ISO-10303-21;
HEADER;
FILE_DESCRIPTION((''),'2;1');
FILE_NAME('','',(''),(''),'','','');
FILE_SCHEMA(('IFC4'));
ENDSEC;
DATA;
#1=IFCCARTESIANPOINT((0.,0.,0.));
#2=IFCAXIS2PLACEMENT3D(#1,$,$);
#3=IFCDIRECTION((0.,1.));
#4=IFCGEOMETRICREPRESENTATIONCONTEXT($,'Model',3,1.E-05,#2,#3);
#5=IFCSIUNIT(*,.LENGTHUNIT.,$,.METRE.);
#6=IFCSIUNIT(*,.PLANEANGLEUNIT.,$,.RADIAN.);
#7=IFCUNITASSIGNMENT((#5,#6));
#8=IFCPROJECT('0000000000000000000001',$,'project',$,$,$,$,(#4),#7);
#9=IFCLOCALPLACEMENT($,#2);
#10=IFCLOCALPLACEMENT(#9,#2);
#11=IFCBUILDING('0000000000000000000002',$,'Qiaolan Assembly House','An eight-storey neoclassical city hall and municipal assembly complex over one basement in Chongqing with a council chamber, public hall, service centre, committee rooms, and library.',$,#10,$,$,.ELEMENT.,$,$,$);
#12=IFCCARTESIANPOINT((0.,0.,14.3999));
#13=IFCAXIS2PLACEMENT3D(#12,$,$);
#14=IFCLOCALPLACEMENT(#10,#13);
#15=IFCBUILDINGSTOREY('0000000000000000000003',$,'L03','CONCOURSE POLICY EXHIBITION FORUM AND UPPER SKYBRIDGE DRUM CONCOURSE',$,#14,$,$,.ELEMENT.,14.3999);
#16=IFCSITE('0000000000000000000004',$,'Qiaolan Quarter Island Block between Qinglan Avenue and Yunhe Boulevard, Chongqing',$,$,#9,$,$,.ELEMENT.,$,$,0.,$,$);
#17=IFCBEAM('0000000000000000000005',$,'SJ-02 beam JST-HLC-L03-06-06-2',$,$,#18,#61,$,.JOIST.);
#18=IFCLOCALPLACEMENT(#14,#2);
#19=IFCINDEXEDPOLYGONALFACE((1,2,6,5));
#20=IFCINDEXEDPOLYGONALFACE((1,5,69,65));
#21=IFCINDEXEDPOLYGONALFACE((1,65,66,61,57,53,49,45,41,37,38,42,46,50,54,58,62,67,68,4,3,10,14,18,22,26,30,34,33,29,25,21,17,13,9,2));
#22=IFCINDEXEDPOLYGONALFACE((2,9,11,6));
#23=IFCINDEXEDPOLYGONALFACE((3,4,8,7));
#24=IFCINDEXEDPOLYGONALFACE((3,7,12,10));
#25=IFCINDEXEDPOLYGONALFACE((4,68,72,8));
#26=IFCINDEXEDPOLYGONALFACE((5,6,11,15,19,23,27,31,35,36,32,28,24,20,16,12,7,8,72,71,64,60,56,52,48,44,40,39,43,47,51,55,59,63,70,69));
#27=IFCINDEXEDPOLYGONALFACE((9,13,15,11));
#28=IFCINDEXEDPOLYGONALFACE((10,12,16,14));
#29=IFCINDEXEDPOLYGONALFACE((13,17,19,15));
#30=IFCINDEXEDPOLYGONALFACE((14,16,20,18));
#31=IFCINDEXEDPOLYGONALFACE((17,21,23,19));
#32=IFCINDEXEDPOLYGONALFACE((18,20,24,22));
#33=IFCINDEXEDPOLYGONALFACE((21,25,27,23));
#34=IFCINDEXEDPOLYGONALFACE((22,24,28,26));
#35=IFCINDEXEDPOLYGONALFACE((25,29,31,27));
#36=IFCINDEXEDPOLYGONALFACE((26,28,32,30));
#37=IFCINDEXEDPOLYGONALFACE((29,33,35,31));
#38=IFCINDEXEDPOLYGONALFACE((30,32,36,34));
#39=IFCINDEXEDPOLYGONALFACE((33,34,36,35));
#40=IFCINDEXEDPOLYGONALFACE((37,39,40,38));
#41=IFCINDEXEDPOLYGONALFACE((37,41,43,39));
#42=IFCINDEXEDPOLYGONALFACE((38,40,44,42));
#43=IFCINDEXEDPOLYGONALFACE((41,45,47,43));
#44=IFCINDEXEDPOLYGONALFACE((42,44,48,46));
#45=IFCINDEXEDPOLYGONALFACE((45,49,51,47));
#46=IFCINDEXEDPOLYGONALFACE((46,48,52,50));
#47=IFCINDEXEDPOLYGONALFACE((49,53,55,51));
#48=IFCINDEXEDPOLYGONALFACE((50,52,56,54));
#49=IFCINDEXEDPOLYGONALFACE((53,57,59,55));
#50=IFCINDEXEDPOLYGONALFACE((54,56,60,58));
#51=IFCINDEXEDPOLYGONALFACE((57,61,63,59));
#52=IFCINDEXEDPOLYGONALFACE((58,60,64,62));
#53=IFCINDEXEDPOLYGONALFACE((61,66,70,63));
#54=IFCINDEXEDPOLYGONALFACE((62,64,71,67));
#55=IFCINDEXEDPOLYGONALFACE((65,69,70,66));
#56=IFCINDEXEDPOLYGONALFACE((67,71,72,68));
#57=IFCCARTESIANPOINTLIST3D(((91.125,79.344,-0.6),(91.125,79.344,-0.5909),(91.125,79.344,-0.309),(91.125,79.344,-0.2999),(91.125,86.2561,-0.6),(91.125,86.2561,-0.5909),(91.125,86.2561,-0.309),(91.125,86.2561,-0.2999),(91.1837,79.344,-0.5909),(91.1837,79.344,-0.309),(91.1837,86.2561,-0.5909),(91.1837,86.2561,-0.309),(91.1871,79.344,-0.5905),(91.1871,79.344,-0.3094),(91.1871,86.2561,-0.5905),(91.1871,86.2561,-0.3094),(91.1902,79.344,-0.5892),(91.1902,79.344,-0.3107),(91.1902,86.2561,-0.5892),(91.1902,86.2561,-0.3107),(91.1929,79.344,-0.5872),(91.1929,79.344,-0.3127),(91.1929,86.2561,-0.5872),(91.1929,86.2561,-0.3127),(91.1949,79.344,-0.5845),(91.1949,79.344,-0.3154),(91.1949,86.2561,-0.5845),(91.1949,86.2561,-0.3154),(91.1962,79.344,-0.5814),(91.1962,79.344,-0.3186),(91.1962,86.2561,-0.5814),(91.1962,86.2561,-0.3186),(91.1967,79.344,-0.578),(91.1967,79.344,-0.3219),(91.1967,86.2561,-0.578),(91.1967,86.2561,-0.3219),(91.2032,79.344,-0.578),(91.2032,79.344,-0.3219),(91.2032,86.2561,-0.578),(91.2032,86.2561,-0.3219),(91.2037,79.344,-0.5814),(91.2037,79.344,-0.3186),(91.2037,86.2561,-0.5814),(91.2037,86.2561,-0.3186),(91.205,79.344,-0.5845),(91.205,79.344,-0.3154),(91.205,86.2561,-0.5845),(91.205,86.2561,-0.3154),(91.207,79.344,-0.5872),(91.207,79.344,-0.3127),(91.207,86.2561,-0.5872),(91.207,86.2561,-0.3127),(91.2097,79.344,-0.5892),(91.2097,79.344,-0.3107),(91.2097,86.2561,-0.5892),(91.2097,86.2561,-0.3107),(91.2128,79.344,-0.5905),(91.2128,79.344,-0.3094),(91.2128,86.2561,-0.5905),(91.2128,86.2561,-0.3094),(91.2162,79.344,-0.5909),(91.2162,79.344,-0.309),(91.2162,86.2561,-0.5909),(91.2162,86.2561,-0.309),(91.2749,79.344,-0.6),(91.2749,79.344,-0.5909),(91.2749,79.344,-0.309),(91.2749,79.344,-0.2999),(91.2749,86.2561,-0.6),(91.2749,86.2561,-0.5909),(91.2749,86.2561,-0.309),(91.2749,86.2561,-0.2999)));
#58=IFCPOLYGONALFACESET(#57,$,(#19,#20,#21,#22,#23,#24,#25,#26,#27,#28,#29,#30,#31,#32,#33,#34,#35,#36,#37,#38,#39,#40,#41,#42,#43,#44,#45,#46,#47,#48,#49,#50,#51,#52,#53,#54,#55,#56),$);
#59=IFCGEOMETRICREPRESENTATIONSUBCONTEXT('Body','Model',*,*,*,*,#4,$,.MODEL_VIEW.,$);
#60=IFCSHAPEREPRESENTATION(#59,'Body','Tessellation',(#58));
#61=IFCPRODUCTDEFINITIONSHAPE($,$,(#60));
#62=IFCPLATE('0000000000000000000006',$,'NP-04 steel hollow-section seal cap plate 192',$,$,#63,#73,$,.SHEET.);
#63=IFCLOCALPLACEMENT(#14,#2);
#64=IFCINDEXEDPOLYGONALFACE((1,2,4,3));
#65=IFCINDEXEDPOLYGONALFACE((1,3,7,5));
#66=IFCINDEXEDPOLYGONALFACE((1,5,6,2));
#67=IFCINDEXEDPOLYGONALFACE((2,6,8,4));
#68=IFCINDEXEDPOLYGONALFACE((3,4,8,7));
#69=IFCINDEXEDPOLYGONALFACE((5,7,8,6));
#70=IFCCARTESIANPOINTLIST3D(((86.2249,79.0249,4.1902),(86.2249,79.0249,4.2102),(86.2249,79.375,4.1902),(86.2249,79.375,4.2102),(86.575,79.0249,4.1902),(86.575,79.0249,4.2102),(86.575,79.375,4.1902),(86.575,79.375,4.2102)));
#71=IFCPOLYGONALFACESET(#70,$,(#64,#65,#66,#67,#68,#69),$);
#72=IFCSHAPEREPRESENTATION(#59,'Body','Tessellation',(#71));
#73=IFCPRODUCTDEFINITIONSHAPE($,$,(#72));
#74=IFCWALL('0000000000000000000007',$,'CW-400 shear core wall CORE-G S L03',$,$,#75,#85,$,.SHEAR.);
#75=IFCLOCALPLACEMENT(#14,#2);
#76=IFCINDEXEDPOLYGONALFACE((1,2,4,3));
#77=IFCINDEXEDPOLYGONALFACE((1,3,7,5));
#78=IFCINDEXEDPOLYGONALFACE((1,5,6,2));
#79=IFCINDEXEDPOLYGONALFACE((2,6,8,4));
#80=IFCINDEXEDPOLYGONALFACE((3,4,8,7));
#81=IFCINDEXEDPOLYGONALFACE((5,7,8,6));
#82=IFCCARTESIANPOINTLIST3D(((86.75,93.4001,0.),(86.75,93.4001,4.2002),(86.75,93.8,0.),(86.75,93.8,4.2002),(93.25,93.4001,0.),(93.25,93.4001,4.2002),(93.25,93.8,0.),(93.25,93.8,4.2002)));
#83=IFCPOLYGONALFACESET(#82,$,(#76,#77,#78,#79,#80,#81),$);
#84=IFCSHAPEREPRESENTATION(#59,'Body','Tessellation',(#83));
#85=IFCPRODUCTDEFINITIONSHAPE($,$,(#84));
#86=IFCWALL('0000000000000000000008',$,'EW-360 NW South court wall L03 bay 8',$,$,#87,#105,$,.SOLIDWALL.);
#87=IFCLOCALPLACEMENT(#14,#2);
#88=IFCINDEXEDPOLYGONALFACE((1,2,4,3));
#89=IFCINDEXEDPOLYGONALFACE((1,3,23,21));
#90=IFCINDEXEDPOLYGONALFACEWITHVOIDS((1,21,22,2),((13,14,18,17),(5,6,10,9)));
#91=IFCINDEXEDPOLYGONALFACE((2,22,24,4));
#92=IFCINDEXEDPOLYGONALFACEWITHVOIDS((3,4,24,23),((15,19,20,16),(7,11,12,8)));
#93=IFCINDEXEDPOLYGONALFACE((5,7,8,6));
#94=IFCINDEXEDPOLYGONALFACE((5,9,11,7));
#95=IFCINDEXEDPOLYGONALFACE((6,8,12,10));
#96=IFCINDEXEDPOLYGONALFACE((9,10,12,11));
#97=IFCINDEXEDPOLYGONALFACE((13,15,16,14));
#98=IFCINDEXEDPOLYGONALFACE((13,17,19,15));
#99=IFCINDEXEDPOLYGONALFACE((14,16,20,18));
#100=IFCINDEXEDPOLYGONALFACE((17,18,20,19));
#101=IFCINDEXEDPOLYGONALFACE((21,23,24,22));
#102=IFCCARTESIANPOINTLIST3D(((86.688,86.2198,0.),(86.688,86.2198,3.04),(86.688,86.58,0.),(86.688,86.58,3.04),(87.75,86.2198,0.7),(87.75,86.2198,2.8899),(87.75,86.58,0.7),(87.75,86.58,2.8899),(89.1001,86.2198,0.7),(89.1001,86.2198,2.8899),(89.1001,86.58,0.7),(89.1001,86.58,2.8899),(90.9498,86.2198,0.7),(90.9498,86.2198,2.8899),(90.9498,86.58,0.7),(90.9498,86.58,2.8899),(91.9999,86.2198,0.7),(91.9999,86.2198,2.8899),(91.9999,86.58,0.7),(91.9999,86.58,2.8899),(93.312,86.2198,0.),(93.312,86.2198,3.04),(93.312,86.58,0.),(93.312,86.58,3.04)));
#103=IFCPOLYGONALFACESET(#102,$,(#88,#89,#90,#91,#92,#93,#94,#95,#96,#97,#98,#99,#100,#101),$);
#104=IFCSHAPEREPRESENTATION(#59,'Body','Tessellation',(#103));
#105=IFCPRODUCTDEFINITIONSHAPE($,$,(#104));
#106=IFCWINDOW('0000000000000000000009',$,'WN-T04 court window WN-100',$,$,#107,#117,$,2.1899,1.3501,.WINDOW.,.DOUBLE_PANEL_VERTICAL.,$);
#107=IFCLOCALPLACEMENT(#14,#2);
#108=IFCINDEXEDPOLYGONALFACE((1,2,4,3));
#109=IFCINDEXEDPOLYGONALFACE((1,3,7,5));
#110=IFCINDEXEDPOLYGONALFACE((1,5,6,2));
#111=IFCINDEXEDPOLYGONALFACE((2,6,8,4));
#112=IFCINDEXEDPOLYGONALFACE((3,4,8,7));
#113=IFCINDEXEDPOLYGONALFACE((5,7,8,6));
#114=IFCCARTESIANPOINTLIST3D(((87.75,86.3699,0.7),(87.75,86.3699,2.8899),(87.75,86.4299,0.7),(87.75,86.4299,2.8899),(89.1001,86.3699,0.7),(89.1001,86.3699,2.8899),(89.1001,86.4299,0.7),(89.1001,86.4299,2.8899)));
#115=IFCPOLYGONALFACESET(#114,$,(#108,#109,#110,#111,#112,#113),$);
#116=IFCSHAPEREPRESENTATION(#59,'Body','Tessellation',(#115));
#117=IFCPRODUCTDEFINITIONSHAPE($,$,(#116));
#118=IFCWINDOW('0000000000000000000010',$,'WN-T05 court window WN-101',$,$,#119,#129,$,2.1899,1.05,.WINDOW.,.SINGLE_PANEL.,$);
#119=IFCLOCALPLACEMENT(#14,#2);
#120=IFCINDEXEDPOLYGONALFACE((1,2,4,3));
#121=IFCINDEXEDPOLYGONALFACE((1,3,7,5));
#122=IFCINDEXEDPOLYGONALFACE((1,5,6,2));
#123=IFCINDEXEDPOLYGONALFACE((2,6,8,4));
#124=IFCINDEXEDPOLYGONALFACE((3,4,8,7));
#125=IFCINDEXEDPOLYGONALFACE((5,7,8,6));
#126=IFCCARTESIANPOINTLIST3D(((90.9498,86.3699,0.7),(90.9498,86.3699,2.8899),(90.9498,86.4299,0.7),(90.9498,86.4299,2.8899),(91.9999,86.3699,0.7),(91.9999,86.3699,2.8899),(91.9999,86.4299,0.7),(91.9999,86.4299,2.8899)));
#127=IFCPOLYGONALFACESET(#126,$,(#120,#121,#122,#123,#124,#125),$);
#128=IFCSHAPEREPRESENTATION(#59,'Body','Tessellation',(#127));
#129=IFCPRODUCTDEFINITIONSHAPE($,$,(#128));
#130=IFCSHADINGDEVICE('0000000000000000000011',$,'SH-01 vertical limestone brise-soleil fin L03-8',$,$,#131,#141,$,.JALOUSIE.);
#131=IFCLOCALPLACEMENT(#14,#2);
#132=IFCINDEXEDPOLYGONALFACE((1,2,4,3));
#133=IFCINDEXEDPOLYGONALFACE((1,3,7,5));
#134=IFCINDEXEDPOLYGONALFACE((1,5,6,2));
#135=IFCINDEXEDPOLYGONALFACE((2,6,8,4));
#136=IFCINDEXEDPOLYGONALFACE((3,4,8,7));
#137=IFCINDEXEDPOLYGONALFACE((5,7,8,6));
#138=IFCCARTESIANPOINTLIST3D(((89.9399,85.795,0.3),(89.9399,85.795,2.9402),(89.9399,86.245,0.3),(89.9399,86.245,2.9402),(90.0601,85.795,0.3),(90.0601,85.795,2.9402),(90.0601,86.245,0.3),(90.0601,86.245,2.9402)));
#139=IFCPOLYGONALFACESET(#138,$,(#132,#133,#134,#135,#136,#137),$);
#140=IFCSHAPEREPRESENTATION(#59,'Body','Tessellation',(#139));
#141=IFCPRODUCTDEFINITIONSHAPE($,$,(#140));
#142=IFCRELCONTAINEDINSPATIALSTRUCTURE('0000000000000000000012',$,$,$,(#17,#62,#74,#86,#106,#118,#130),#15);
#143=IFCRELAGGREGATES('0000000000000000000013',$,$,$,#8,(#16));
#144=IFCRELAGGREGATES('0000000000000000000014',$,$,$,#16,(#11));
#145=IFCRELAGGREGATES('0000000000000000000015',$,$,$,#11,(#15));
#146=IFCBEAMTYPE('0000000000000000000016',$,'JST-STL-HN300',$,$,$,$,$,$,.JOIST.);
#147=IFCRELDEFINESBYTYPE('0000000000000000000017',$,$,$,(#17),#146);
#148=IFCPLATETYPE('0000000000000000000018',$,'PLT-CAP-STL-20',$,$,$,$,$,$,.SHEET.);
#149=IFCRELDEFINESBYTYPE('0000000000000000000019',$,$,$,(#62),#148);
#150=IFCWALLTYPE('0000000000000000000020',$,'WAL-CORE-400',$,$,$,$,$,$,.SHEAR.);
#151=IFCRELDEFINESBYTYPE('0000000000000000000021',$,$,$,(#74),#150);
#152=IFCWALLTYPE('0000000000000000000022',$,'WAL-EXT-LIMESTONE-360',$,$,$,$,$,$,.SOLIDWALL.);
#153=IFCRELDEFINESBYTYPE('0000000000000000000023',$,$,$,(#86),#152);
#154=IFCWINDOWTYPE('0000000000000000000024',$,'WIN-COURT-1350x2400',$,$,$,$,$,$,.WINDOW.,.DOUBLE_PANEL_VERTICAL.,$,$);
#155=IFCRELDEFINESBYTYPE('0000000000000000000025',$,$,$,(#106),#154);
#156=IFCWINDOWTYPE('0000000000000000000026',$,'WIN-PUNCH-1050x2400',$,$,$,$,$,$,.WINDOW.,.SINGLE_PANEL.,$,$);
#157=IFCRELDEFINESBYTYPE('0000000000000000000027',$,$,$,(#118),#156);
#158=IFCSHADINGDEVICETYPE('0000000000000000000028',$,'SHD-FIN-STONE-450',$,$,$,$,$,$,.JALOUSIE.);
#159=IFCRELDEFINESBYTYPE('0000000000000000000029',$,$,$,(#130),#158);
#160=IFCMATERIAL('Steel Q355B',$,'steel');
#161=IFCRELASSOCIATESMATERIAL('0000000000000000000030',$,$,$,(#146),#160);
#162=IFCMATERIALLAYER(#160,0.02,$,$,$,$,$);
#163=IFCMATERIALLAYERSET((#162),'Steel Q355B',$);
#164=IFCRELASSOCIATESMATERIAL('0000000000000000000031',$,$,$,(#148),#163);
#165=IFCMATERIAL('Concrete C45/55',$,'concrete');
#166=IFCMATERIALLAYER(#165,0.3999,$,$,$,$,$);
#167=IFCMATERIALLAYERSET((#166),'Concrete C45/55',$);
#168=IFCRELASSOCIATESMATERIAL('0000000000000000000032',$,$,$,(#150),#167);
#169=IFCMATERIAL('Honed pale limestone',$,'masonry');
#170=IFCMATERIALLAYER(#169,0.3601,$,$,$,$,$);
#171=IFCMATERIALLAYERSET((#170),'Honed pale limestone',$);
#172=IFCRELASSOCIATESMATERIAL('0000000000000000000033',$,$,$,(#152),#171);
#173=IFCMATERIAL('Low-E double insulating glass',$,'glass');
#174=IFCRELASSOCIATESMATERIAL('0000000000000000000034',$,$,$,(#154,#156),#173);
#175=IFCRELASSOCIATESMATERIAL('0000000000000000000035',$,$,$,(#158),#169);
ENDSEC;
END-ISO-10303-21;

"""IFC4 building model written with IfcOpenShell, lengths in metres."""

from ifc_helpers import new_model, si_unit, direction, frame, frame_2d, origin, origin_2d, place, context, subcontext, project, spatial, rectangle, i_section, extrude, material, layer, layer_set, material_profile, profile_set, type_object, element, fill, save


model = new_model("IFC4")

# Units and contexts
model_context = context("Model", 3, precision=1e-05, world=origin(), true_north=direction((0.0, 1.0)))
body_context = subcontext(model_context, "Body", "Model", "MODEL_VIEW")
ifc_project = project(units=[si_unit("LENGTHUNIT", "METRE"), si_unit("PLANEANGLEUNIT", "RADIAN")], contexts=[model_context])

# Site, building, storey
site_placement = place(None, origin())
site = spatial("IfcSite", under=ifc_project, at=site_placement, Name="Qiaolan Quarter Island Block between Qinglan Avenue and Yunhe Boulevard, Chongqing", CompositionType="ELEMENT", RefElevation=0.0)
building_placement = place(site_placement, origin())
building = spatial("IfcBuilding", under=site, at=building_placement, Name="Qiaolan Assembly House", Description="An eight-storey neoclassical city hall and municipal assembly complex over one basement in Chongqing with a council chamber, public hall, service centre, committee rooms, and library.", CompositionType="ELEMENT")
storey_placement = place(building_placement, frame((0.0, 0.0, 14.3999)))
storey = spatial("IfcBuildingStorey", under=building, at=storey_placement, Name="L03", Description="CONCOURSE POLICY EXHIBITION FORUM AND UPPER SKYBRIDGE DRUM CONCOURSE", CompositionType="ELEMENT", Elevation=14.3999)

# Shared definitions
ifc_material_1 = material(Name="Concrete C45/55", Category="concrete")
ifc_material_2 = material(Name="Steel Q355B", Category="steel")

# Beam
ifc_material_profile_1 = material_profile(ifc_material_2, i_section(OverallWidth=0.1499, OverallDepth=0.3, WebThickness=0.0066, FlangeThickness=0.009, FilletRadius=0.0129, at=origin_2d()), Name="HN 300x150x6.5x9")
ifc_profile_set_1 = profile_set([ifc_material_profile_1], Name="Steel Q355B")
beam_type_1 = type_object("IfcBeamType", Name="JST-STL-HN300", PredefinedType="JOIST", material=ifc_profile_set_1)
for number, where, z_axis, x_axis, name in (
    (1, (91.2, 79.344, -0.45), (0.0, 1.0, 0.0), (-1.0, 0.0, 0.0), "SJ-02 beam JST-HLC-L03-06-06-2"),
):
    element("IfcBeam", number, at=place(storey_placement, frame(where, z_axis=z_axis, x_axis=x_axis)), inside=storey, type_object=beam_type_1, Name=name, PredefinedType="JOIST", context=body_context, shape_type="SweptSolid", body=[
        extrude(i_section(OverallWidth=0.1499, OverallDepth=0.3, WebThickness=0.0066, FlangeThickness=0.009, FilletRadius=0.0129, at=origin_2d()), origin(), (0.0, 0.0, 1.0), 6.9121),
    ])

# Plate
ifc_layer_1 = layer(ifc_material_2, 0.02)
ifc_layer_set_1 = layer_set([ifc_layer_1], Name="Steel Q355B")
plate_type = type_object("IfcPlateType", Name="PLT-CAP-STL-20", PredefinedType="SHEET", material=ifc_layer_set_1)
plate_placement = place(storey_placement, frame((86.3999, 79.2, 4.1902), z_axis=(0.0, 0.0, 1.0), x_axis=(1.0, 0.0, 0.0)))
element("IfcPlate", 2, at=plate_placement, inside=storey, type_object=plate_type, Name="NP-04 steel hollow-section seal cap plate 192", PredefinedType="SHEET", context=body_context, shape_type="SweptSolid", body=[
    extrude(rectangle(XDim=0.3501, YDim=0.3501, at=origin_2d()), origin(), (0.0, 0.0, 1.0), 0.02),
])

# Wall
ifc_layer_2 = layer(ifc_material_1, 0.3999)
ifc_layer_set_2 = layer_set([ifc_layer_2], Name="Concrete C45/55")
wall_type_1 = type_object("IfcWallType", Name="WAL-CORE-400", PredefinedType="SHEAR", material=ifc_layer_set_2)
wall_1_placement = place(storey_placement, frame((86.75, 93.6001, 0.0), z_axis=(0.0, 0.0, 1.0), x_axis=(1.0, 0.0, 0.0)))
element("IfcWall", 3, at=wall_1_placement, inside=storey, type_object=wall_type_1, Name="CW-400 shear core wall CORE-G S L03", PredefinedType="SHEAR", context=body_context, shape_type="SweptSolid", body=[
    extrude(rectangle(XDim=6.5, YDim=0.3999, at=frame_2d((3.25, 0.0))), origin(), (0.0, 0.0, 1.0), 4.2002),
])

# Wall, openings, windows
ifc_material_3 = material(Name="Honed pale limestone", Category="masonry")
ifc_layer_3 = layer(ifc_material_3, 0.3601)
ifc_layer_set_3 = layer_set([ifc_layer_3], Name="Honed pale limestone")
wall_type_2 = type_object("IfcWallType", Name="WAL-EXT-LIMESTONE-360", PredefinedType="SOLIDWALL", material=ifc_layer_set_3)
wall_2_placement = place(storey_placement, frame((86.688, 86.3999, 0.0), z_axis=(0.0, 0.0, 1.0), x_axis=(1.0, 0.0, 0.0)))
wall_2 = element("IfcWall", 4, at=wall_2_placement, inside=storey, type_object=wall_type_2, Name="EW-360 NW South court wall L03 bay 8", PredefinedType="SOLIDWALL", context=body_context, shape_type="SweptSolid", body=[
    extrude(rectangle(XDim=6.624, YDim=0.3601, at=frame_2d((3.312, 0.0))), origin(), (0.0, 0.0, 1.0), 3.04),
])
opening_1_placement = place(wall_2_placement, frame((1.062, 0.0, 0.7)))
opening_1 = element("IfcOpeningElement", 5, at=opening_1_placement, cuts=wall_2, PredefinedType="OPENING", context=body_context, shape_type="SweptSolid", body=[
    extrude(rectangle(XDim=1.3501, YDim=2.1899, at=frame_2d((0.675, 1.095))), frame((0.0, 0.1899, 0.0), z_axis=(0.0, -1.0, 0.0), x_axis=(1.0, 0.0, 0.0)), (0.0, 0.0, 1.0), 0.3801),
])
opening_2_placement = place(wall_2_placement, frame((4.262, 0.0, 0.7)))
opening_2 = element("IfcOpeningElement", 6, at=opening_2_placement, cuts=wall_2, PredefinedType="OPENING", context=body_context, shape_type="SweptSolid", body=[
    extrude(rectangle(XDim=1.05, YDim=2.1899, at=frame_2d((0.5249, 1.095))), frame((0.0, 0.1899, 0.0), z_axis=(0.0, -1.0, 0.0), x_axis=(1.0, 0.0, 0.0)), (0.0, 0.0, 1.0), 0.3801),
])
ifc_material_4 = material(Name="Low-E double insulating glass", Category="glass")
window_type_1 = type_object("IfcWindowType", Name="WIN-COURT-1350x2400", PartitioningType="DOUBLE_PANEL_VERTICAL", PredefinedType="WINDOW", material=ifc_material_4)
window_1_placement = place(opening_1_placement, origin())
window_1 = element("IfcWindow", 7, at=window_1_placement, inside=storey, type_object=window_type_1, Name="WN-T04 court window WN-100", OverallHeight=2.1899, OverallWidth=1.3501, PartitioningType="DOUBLE_PANEL_VERTICAL", PredefinedType="WINDOW", context=body_context, shape_type="SweptSolid", body=[
    extrude(rectangle(XDim=1.3501, YDim=2.1899, at=frame_2d((0.675, 1.095))), frame((0.0, 0.03, 0.0), z_axis=(0.0, -1.0, 0.0), x_axis=(1.0, 0.0, 0.0)), (0.0, 0.0, 1.0), 0.0601),
])
fill(opening_1, window_1)
window_type_2 = type_object("IfcWindowType", Name="WIN-PUNCH-1050x2400", PartitioningType="SINGLE_PANEL", PredefinedType="WINDOW", material=ifc_material_4)
window_2_placement = place(opening_2_placement, origin())
window_2 = element("IfcWindow", 8, at=window_2_placement, inside=storey, type_object=window_type_2, Name="WN-T05 court window WN-101", OverallHeight=2.1899, OverallWidth=1.05, PartitioningType="SINGLE_PANEL", PredefinedType="WINDOW", context=body_context, shape_type="SweptSolid", body=[
    extrude(rectangle(XDim=1.05, YDim=2.1899, at=frame_2d((0.5249, 1.095))), frame((0.0, 0.03, 0.0), z_axis=(0.0, -1.0, 0.0), x_axis=(1.0, 0.0, 0.0)), (0.0, 0.0, 1.0), 0.0601),
])
fill(opening_2, window_2)

# Shading device
ifc_material_profile_2 = material_profile(ifc_material_3, rectangle(XDim=0.1201, YDim=0.45, at=origin_2d()), Name="FIN 120x450")
ifc_profile_set_2 = profile_set([ifc_material_profile_2], Name="Honed pale limestone")
shading_device_type = type_object("IfcShadingDeviceType", Name="SHD-FIN-STONE-450", PredefinedType="JALOUSIE", material=ifc_profile_set_2)
shading_device_placement = place(storey_placement, frame((90.0, 86.02, 0.3), z_axis=(0.0, 0.0, 1.0), x_axis=(1.0, 0.0, 0.0)))
element("IfcShadingDevice", 9, at=shading_device_placement, inside=storey, type_object=shading_device_type, Name="SH-01 vertical limestone brise-soleil fin L03-8", PredefinedType="JALOUSIE", context=body_context, shape_type="SweptSolid", body=[
    extrude(rectangle(XDim=0.1201, YDim=0.45, at=origin_2d()), origin(), (0.0, 0.0, 1.0), 2.6401),
])

save(model, "model.ifc")
